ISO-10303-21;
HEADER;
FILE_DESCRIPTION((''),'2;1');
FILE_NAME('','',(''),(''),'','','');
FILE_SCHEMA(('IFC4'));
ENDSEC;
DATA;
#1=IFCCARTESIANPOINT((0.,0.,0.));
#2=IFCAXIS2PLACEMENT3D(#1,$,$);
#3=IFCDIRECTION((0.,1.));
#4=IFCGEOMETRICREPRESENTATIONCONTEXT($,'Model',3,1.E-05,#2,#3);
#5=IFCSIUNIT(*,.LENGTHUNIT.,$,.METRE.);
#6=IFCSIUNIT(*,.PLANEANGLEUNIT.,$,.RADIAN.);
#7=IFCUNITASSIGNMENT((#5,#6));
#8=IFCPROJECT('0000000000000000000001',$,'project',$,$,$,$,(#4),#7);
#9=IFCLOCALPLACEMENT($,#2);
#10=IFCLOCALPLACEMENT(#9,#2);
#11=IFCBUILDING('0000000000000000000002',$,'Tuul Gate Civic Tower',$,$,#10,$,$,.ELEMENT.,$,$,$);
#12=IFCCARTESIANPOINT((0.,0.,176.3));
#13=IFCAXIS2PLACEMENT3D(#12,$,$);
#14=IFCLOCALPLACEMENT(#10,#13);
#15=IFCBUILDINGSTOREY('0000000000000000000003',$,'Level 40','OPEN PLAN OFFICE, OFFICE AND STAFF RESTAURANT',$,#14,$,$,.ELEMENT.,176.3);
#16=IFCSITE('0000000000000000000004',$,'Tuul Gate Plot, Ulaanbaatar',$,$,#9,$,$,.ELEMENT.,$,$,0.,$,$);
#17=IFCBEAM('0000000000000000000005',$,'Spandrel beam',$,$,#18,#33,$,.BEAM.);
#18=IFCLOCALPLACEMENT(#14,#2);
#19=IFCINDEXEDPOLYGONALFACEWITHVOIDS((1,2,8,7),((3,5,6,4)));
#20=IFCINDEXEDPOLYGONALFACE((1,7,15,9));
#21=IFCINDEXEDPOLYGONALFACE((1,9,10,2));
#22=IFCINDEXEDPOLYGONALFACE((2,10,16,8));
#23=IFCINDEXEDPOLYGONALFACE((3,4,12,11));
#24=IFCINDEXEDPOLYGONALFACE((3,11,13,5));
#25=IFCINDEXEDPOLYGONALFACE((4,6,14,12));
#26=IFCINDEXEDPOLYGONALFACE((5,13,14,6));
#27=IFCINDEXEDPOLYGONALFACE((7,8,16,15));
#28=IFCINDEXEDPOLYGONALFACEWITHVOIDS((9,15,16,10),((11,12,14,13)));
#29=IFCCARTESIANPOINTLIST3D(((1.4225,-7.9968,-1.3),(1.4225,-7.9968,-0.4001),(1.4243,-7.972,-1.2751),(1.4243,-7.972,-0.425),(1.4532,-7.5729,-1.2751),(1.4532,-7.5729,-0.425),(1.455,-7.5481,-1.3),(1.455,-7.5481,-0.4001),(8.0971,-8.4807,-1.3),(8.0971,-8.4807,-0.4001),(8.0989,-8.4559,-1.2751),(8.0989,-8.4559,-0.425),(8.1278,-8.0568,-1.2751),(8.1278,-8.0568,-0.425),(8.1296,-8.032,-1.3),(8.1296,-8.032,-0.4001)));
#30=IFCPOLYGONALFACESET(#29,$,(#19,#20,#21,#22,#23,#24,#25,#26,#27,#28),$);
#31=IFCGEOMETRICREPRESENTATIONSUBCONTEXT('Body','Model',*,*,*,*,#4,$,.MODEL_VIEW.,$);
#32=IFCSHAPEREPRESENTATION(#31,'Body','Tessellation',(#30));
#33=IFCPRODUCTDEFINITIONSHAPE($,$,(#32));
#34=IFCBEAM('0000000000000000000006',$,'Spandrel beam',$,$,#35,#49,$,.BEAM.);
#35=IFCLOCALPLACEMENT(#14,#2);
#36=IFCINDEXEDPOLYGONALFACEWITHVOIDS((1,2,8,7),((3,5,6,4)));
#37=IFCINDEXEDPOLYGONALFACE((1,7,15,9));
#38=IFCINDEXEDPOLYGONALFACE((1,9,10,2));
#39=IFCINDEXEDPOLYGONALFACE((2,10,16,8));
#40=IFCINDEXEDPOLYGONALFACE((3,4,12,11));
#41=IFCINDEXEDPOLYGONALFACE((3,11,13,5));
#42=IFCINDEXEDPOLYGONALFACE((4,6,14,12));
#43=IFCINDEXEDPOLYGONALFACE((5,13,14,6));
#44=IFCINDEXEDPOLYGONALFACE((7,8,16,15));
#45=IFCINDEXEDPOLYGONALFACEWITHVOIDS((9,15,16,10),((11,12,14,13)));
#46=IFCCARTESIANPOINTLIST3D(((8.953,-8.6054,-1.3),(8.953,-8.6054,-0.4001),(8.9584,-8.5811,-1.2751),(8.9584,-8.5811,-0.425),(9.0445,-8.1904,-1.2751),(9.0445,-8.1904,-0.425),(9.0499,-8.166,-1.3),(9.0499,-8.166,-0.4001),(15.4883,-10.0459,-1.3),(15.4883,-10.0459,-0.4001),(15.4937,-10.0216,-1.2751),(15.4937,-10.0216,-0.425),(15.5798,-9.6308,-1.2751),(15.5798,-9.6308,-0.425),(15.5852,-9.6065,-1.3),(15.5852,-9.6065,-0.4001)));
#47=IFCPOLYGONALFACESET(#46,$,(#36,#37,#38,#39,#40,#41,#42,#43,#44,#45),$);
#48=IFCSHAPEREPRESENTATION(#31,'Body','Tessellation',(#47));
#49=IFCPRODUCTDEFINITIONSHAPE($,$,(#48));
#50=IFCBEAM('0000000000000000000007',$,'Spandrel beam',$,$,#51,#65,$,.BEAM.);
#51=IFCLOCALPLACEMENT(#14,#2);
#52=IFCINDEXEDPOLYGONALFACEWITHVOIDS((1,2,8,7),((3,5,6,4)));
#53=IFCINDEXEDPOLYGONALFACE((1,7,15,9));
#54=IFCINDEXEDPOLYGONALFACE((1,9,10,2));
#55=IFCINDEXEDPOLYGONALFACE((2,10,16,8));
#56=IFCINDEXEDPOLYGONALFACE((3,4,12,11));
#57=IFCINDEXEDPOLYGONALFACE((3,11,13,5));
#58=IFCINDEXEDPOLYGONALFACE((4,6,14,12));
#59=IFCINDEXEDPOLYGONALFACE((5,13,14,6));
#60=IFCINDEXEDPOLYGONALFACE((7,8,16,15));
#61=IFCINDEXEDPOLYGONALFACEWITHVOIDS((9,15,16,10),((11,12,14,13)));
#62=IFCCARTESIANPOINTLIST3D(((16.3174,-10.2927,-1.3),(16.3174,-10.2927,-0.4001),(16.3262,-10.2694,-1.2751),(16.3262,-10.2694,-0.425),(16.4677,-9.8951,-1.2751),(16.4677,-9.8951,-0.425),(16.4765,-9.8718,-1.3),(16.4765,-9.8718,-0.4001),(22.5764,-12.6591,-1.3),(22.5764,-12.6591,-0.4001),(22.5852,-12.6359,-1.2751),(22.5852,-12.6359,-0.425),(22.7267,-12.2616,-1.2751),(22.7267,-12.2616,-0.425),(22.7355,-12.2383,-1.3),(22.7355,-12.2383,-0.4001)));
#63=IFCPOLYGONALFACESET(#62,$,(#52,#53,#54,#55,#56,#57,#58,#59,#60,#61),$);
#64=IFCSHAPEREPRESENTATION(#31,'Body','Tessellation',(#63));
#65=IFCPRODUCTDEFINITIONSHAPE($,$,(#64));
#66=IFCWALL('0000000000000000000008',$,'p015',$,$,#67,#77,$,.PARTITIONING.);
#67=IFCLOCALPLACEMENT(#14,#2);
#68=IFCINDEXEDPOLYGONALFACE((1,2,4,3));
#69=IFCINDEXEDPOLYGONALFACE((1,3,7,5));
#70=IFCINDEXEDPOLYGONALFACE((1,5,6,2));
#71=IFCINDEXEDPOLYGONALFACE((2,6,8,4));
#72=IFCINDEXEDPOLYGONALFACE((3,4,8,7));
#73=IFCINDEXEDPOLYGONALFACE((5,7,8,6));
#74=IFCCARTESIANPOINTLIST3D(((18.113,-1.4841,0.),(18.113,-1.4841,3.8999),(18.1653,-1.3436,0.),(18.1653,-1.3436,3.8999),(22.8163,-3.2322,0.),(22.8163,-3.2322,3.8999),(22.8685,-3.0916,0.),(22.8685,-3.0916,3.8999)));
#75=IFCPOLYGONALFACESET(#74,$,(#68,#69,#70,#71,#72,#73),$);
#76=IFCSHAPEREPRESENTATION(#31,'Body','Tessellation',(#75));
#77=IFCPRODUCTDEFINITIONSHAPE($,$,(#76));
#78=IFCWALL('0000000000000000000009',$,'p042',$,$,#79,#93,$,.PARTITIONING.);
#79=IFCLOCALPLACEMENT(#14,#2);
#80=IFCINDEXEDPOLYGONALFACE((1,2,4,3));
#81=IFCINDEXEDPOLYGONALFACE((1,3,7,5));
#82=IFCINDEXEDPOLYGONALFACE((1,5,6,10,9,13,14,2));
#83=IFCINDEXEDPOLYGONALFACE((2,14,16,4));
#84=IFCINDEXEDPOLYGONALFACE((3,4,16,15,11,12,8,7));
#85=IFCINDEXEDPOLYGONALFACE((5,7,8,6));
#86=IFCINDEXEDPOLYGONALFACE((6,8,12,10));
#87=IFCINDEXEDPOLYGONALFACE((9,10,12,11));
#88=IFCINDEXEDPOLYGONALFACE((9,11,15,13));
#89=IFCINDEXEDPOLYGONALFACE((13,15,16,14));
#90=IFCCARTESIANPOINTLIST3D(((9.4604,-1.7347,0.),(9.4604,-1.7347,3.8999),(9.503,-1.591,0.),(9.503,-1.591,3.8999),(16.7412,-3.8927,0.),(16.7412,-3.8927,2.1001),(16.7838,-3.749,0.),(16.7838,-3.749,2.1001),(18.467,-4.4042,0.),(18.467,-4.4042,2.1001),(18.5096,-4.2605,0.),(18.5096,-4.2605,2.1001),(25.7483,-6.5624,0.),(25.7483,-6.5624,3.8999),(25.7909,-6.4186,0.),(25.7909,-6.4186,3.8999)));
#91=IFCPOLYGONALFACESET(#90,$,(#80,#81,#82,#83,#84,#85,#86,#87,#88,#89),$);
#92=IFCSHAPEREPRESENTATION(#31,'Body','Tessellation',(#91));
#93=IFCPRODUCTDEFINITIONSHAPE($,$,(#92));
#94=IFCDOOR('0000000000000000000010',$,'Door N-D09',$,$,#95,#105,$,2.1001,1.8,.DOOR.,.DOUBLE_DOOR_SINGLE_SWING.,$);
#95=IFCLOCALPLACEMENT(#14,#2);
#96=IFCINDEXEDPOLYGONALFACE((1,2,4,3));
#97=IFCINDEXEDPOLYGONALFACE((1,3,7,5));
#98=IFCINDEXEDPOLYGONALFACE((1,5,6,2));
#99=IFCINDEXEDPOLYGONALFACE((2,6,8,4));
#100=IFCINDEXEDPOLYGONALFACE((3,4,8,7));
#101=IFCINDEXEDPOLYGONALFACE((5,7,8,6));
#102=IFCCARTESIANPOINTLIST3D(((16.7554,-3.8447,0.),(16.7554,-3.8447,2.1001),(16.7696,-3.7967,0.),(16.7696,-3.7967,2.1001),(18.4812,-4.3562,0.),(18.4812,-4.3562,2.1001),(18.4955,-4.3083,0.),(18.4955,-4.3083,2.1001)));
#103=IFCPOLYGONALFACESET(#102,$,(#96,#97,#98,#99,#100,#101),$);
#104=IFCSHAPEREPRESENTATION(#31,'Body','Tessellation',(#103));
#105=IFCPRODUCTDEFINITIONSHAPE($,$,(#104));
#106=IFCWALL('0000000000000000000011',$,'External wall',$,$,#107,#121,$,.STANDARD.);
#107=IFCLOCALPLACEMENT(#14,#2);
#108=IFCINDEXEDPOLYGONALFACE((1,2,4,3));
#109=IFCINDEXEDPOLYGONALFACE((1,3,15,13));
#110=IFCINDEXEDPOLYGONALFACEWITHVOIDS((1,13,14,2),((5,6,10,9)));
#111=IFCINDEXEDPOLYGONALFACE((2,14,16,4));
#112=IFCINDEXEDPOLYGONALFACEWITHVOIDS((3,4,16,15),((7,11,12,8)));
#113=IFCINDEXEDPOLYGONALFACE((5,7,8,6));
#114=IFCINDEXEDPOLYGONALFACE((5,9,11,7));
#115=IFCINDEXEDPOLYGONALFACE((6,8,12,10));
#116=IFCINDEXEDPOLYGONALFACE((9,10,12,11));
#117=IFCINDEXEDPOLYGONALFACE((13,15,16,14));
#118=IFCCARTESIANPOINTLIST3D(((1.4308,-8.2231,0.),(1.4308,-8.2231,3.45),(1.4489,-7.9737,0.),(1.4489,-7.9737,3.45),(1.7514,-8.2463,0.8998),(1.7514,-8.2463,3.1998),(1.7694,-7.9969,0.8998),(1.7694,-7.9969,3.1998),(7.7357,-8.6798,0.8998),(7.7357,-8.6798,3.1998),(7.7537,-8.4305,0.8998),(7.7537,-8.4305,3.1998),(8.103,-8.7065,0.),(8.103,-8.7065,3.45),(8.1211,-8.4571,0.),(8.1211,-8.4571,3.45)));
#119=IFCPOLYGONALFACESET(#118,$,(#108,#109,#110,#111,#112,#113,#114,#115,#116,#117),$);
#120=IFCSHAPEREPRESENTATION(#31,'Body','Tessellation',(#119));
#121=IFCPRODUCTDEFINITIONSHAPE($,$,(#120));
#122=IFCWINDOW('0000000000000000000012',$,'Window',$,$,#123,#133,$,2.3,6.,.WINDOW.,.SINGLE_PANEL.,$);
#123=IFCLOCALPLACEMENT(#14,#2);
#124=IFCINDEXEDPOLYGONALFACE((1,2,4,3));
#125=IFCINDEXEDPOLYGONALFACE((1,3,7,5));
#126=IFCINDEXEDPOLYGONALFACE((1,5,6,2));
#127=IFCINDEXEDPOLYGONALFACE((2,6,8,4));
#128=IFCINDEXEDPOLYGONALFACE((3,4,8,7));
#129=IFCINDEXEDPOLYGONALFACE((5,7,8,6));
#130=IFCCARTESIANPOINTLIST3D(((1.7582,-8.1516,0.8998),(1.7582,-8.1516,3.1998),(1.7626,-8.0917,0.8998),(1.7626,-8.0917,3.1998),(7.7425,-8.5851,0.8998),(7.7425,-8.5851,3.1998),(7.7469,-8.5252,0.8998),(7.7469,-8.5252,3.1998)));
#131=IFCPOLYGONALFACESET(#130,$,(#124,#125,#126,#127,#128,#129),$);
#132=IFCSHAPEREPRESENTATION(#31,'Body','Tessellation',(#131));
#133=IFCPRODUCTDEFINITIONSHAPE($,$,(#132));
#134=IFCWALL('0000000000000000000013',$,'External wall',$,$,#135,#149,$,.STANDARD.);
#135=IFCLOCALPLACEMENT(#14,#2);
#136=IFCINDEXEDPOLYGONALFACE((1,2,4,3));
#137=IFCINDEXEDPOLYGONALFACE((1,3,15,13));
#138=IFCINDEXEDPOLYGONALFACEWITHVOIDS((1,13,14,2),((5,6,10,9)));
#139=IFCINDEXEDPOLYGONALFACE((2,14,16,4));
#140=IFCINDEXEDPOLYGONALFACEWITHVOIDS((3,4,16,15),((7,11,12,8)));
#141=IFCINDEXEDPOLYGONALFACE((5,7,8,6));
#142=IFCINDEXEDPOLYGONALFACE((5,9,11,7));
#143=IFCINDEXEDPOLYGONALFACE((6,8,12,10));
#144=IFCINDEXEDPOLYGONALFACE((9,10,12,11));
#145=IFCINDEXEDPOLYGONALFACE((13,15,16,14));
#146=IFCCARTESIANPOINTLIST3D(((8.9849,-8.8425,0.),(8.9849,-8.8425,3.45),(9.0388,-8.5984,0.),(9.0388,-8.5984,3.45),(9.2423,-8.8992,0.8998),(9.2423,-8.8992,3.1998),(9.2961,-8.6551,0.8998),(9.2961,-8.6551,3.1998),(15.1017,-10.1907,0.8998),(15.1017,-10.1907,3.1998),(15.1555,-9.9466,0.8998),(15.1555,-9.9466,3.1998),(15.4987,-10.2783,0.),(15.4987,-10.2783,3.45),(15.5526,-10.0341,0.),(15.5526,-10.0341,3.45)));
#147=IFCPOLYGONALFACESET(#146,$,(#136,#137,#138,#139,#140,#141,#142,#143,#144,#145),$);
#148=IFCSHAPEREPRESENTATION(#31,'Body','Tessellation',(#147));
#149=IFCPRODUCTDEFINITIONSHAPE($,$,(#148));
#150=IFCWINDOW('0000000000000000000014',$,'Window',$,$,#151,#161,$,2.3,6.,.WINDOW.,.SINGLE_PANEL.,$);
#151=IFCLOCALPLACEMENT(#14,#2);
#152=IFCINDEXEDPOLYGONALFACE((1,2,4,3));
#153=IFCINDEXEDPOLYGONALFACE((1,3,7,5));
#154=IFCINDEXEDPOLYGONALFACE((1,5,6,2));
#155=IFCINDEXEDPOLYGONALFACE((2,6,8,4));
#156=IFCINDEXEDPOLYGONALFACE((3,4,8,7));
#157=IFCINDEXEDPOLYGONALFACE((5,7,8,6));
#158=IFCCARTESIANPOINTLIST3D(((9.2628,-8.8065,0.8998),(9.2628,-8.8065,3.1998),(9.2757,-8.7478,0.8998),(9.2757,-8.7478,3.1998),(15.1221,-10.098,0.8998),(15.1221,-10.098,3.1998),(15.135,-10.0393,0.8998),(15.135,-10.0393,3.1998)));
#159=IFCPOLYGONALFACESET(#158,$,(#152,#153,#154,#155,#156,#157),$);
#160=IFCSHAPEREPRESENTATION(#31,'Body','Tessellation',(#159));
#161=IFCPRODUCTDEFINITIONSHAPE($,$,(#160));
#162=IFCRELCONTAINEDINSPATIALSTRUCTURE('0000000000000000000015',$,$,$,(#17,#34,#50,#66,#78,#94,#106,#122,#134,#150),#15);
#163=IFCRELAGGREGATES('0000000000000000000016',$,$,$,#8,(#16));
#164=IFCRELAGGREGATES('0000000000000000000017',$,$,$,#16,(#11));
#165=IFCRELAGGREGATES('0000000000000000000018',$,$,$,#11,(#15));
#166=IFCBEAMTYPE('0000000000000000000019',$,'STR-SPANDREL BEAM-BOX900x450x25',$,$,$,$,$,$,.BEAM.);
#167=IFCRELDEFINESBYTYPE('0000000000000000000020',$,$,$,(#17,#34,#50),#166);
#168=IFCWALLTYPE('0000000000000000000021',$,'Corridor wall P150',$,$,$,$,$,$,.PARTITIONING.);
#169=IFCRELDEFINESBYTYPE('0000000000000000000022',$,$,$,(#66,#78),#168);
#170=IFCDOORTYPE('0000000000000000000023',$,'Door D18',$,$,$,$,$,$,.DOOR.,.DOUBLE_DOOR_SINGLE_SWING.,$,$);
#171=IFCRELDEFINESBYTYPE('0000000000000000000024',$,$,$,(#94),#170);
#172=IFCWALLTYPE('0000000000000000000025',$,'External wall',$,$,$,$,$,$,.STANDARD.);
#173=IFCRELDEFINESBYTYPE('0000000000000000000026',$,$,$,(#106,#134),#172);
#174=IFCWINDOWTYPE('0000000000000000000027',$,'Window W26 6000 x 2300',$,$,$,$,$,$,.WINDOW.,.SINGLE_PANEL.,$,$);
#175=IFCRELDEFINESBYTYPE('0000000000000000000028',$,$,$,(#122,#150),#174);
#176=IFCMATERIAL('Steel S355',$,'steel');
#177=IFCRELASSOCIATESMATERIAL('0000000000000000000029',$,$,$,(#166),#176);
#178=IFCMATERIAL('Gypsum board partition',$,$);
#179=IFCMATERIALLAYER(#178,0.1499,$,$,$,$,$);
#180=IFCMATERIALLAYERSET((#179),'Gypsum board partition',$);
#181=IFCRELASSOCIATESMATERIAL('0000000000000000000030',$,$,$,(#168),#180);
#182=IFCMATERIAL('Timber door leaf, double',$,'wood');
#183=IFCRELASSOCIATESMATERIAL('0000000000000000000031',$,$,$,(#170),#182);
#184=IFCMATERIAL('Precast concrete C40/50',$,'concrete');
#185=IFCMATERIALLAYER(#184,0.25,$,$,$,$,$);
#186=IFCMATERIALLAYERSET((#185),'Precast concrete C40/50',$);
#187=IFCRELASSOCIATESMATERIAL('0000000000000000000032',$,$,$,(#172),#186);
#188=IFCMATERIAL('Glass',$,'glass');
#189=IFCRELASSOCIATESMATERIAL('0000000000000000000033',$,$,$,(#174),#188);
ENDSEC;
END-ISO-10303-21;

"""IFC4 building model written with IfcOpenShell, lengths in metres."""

from ifc_helpers import new_model, si_unit, direction, frame, frame_2d, origin, origin_2d, place, context, subcontext, project, spatial, rectangle, hollow_rectangle, extrude, material, layer, layer_set, material_profile, profile_set, type_object, element, fill, save


model = new_model("IFC4")

# Units and contexts
model_context = context("Model", 3, precision=1e-05, world=origin(), true_north=direction((0.0, 1.0)))
body_context = subcontext(model_context, "Body", "Model", "MODEL_VIEW")
ifc_project = project(units=[si_unit("LENGTHUNIT", "METRE"), si_unit("PLANEANGLEUNIT", "RADIAN")], contexts=[model_context])

# Site, building, storey
site_placement = place(None, origin())
site = spatial("IfcSite", under=ifc_project, at=site_placement, Name="Tuul Gate Plot, Ulaanbaatar", CompositionType="ELEMENT", RefElevation=0.0)
building_placement = place(site_placement, origin())
building = spatial("IfcBuilding", under=site, at=building_placement, Name="Tuul Gate Civic Tower", CompositionType="ELEMENT")
storey_placement = place(building_placement, frame((0.0, 0.0, 176.3)))
storey = spatial("IfcBuildingStorey", under=building, at=storey_placement, Name="Level 40", Description="OPEN PLAN OFFICE, OFFICE AND STAFF RESTAURANT", CompositionType="ELEMENT", Elevation=176.3)

# Beams
ifc_material_1 = material(Name="Steel S355", Category="steel")
ifc_material_profile_1 = material_profile(ifc_material_1, hollow_rectangle(XDim=0.45, YDim=0.8999, WallThickness=0.0249, at=origin_2d()), Name="BOX900x450x25")
ifc_profile_set_1 = profile_set([ifc_material_profile_1], Name="Steel S355")
beam_type_1 = type_object("IfcBeamType", Name="STR-SPANDREL BEAM-BOX900x450x25", PredefinedType="BEAM", material=ifc_profile_set_1)
for number, where, z_axis, x_axis, name in (
    (1, (1.4387, -7.7725, -0.8501), (0.997382, -0.072307, 0.0), (0.072307, 0.997382, 0.0), "Spandrel beam"),
    (2, (9.0015, -8.3857, -0.8501), (0.97656, -0.215246, 0.0), (0.215246, 0.97656, 0.0), "Spandrel beam"),
):
    element("IfcBeam", number, at=place(storey_placement, frame(where, z_axis=z_axis, x_axis=x_axis)), inside=storey, type_object=beam_type_1, Name=name, PredefinedType="BEAM", context=body_context, shape_type="SweptSolid", body=[
        extrude(hollow_rectangle(XDim=0.45, YDim=0.8999, WallThickness=0.0249, at=origin_2d()), origin(), (0.0, 0.0, 1.0), 6.6921),
    ])
beam_1_placement = place(storey_placement, frame((16.397, -10.0823, -0.8501), z_axis=(0.935377, -0.353653, 0.0), x_axis=(0.353653, 0.935377, 0.0)))
element("IfcBeam", 3, at=beam_1_placement, inside=storey, type_object=beam_type_1, Name="Spandrel beam", PredefinedType="BEAM", context=body_context, shape_type="SweptSolid", body=[
    extrude(hollow_rectangle(XDim=0.45, YDim=0.8999, WallThickness=0.0249, at=origin_2d()), origin(), (0.0, 0.0, 1.0), 6.6914),
])

# Wall
ifc_material_2 = material(Name="Gypsum board partition")
ifc_layer_1 = layer(ifc_material_2, 0.1499)
ifc_layer_set_1 = layer_set([ifc_layer_1], Name="Gypsum board partition")
wall_type_1 = type_object("IfcWallType", Name="Corridor wall P150", PredefinedType="PARTITIONING", material=ifc_layer_set_1)
wall_1_placement = place(storey_placement, frame((18.1392, -1.4138, 0.0), z_axis=(0.0, 0.0, 1.0), x_axis=(0.937349, -0.348392, 0.0)))
element("IfcWall", 4, at=wall_1_placement, inside=storey, type_object=wall_type_1, Name="p015", PredefinedType="PARTITIONING", context=body_context, shape_type="SweptSolid", body=[
    extrude(rectangle(XDim=5.0176, YDim=0.1499, at=frame_2d((2.5088, 0.0))), origin(), (0.0, 0.0, 1.0), 3.8999),
])

# Wall, opening, door
wall_2_placement = place(storey_placement, frame((9.4817, -1.6628, 0.0), z_axis=(0.0, 0.0, 1.0), x_axis=(0.958772, -0.284175, 0.0)))
wall_2 = element("IfcWall", 5, at=wall_2_placement, inside=storey, type_object=wall_type_1, Name="p042", PredefinedType="PARTITIONING", context=body_context, shape_type="SweptSolid", body=[
    extrude(rectangle(XDim=16.9883, YDim=0.1499, at=frame_2d((8.4941, 0.0))), origin(), (0.0, 0.0, 1.0), 3.8999),
])
opening_1_placement = place(wall_2_placement, frame((7.594, 0.0, 0.0)))
opening_1 = element("IfcOpeningElement", 6, at=opening_1_placement, cuts=wall_2, PredefinedType="OPENING", context=body_context, shape_type="SweptSolid", body=[
    extrude(rectangle(XDim=1.8, YDim=2.1001, at=frame_2d((0.8999, 1.05))), frame((0.0, 0.085, 0.0), z_axis=(0.0, -1.0, 0.0), x_axis=(1.0, 0.0, 0.0)), (0.0, 0.0, 1.0), 0.1699),
])
ifc_material_3 = material(Name="Timber door leaf, double", Category="wood")
door_type = type_object("IfcDoorType", Name="Door D18", OperationType="DOUBLE_DOOR_SINGLE_SWING", PredefinedType="DOOR", material=ifc_material_3)
door_placement = place(opening_1_placement, frame((1.8, 0.0, 0.0), z_axis=(0.0, 0.0, 1.0), x_axis=(-1.0, 0.0, 0.0)))
door = element("IfcDoor", 7, at=door_placement, inside=storey, type_object=door_type, Name="Door N-D09", OperationType="DOUBLE_DOOR_SINGLE_SWING", OverallHeight=2.1001, OverallWidth=1.8, PredefinedType="DOOR", context=body_context, shape_type="SweptSolid", body=[
    extrude(rectangle(XDim=1.8, YDim=2.1001, at=frame_2d((0.9001, 1.05))), frame((0.0, 0.0249, 0.0), z_axis=(0.0, -1.0, 0.0), x_axis=(1.0, 0.0, 0.0)), (0.0, 0.0, 1.0), 0.05),
])
fill(opening_1, door)

# Walls, openings, windows
ifc_material_4 = material(Name="Precast concrete C40/50", Category="concrete")
ifc_layer_2 = layer(ifc_material_4, 0.25)
ifc_layer_set_2 = layer_set([ifc_layer_2], Name="Precast concrete C40/50")
wall_type_2 = type_object("IfcWallType", Name="External wall", PredefinedType="STANDARD", material=ifc_layer_set_2)
wall_3_placement = place(storey_placement, frame((1.4399, -8.0984, 0.0), z_axis=(0.0, 0.0, 1.0), x_axis=(0.997386, -0.072261, 0.0)))
wall_3 = element("IfcWall", 8, at=wall_3_placement, inside=storey, type_object=wall_type_2, Name="External wall", PredefinedType="STANDARD", context=body_context, shape_type="SweptSolid", body=[
    extrude(rectangle(XDim=6.6897, YDim=0.25, at=frame_2d((3.3447, 0.0))), origin(), (0.0, 0.0, 1.0), 3.45),
])
opening_2_placement = place(wall_3_placement, frame((0.3213, 0.0, 0.8999)))
opening_2 = element("IfcOpeningElement", 9, at=opening_2_placement, cuts=wall_3, PredefinedType="OPENING", context=body_context, shape_type="SweptSolid", body=[
    extrude(rectangle(XDim=6.0, YDim=2.3, at=frame_2d((3.0, 1.1499))), frame((0.0, 0.135, 0.0), z_axis=(0.0, -1.0, 0.0), x_axis=(1.0, 0.0, 0.0)), (0.0, 0.0, 1.0), 0.27),
])
ifc_material_5 = material(Name="Glass", Category="glass")
window_type = type_object("IfcWindowType", Name="Window W26 6000 x 2300", PartitioningType="SINGLE_PANEL", PredefinedType="WINDOW", material=ifc_material_5)
window_1_placement = place(opening_2_placement, origin())
window_1 = element("IfcWindow", 10, at=window_1_placement, inside=storey, type_object=window_type, Name="Window", OverallHeight=2.3, OverallWidth=6.0, PartitioningType="SINGLE_PANEL", PredefinedType="WINDOW", context=body_context, shape_type="SweptSolid", body=[
    extrude(rectangle(XDim=6.0, YDim=2.3, at=frame_2d((3.0, 1.1499))), frame((0.0, 0.03, 0.0), z_axis=(0.0, -1.0, 0.0), x_axis=(1.0, 0.0, 0.0)), (0.0, 0.0, 1.0), 0.0601),
])
fill(opening_2, window_1)
wall_4_placement = place(storey_placement, frame((9.012, -8.7205, 0.0), z_axis=(0.0, 0.0, 1.0), x_axis=(0.976559, -0.215252, 0.0)))
wall_4 = element("IfcWall", 11, at=wall_4_placement, inside=storey, type_object=wall_type_2, Name="External wall", PredefinedType="STANDARD", context=body_context, shape_type="SweptSolid", body=[
    extrude(rectangle(XDim=6.6702, YDim=0.25, at=frame_2d((3.335, 0.0))), origin(), (0.0, 0.0, 1.0), 3.45),
])
opening_3_placement = place(wall_4_placement, frame((0.2634, 0.0, 0.8999)))
opening_3 = element("IfcOpeningElement", 12, at=opening_3_placement, cuts=wall_4, PredefinedType="OPENING", context=body_context, shape_type="SweptSolid", body=[
    extrude(rectangle(XDim=6.0, YDim=2.3, at=frame_2d((3.0, 1.1499))), frame((0.0, 0.135, 0.0), z_axis=(0.0, -1.0, 0.0), x_axis=(1.0, 0.0, 0.0)), (0.0, 0.0, 1.0), 0.27),
])
window_2_placement = place(opening_3_placement, origin())
window_2 = element("IfcWindow", 13, at=window_2_placement, inside=storey, type_object=window_type, Name="Window", OverallHeight=2.3, OverallWidth=6.0, PartitioningType="SINGLE_PANEL", PredefinedType="WINDOW", context=body_context, shape_type="SweptSolid", body=[
    extrude(rectangle(XDim=6.0, YDim=2.3, at=frame_2d((3.0, 1.1499))), frame((0.0, 0.03, 0.0), z_axis=(0.0, -1.0, 0.0), x_axis=(1.0, 0.0, 0.0)), (0.0, 0.0, 1.0), 0.0601),
])
fill(opening_3, window_2)

save(model, "model.ifc")
